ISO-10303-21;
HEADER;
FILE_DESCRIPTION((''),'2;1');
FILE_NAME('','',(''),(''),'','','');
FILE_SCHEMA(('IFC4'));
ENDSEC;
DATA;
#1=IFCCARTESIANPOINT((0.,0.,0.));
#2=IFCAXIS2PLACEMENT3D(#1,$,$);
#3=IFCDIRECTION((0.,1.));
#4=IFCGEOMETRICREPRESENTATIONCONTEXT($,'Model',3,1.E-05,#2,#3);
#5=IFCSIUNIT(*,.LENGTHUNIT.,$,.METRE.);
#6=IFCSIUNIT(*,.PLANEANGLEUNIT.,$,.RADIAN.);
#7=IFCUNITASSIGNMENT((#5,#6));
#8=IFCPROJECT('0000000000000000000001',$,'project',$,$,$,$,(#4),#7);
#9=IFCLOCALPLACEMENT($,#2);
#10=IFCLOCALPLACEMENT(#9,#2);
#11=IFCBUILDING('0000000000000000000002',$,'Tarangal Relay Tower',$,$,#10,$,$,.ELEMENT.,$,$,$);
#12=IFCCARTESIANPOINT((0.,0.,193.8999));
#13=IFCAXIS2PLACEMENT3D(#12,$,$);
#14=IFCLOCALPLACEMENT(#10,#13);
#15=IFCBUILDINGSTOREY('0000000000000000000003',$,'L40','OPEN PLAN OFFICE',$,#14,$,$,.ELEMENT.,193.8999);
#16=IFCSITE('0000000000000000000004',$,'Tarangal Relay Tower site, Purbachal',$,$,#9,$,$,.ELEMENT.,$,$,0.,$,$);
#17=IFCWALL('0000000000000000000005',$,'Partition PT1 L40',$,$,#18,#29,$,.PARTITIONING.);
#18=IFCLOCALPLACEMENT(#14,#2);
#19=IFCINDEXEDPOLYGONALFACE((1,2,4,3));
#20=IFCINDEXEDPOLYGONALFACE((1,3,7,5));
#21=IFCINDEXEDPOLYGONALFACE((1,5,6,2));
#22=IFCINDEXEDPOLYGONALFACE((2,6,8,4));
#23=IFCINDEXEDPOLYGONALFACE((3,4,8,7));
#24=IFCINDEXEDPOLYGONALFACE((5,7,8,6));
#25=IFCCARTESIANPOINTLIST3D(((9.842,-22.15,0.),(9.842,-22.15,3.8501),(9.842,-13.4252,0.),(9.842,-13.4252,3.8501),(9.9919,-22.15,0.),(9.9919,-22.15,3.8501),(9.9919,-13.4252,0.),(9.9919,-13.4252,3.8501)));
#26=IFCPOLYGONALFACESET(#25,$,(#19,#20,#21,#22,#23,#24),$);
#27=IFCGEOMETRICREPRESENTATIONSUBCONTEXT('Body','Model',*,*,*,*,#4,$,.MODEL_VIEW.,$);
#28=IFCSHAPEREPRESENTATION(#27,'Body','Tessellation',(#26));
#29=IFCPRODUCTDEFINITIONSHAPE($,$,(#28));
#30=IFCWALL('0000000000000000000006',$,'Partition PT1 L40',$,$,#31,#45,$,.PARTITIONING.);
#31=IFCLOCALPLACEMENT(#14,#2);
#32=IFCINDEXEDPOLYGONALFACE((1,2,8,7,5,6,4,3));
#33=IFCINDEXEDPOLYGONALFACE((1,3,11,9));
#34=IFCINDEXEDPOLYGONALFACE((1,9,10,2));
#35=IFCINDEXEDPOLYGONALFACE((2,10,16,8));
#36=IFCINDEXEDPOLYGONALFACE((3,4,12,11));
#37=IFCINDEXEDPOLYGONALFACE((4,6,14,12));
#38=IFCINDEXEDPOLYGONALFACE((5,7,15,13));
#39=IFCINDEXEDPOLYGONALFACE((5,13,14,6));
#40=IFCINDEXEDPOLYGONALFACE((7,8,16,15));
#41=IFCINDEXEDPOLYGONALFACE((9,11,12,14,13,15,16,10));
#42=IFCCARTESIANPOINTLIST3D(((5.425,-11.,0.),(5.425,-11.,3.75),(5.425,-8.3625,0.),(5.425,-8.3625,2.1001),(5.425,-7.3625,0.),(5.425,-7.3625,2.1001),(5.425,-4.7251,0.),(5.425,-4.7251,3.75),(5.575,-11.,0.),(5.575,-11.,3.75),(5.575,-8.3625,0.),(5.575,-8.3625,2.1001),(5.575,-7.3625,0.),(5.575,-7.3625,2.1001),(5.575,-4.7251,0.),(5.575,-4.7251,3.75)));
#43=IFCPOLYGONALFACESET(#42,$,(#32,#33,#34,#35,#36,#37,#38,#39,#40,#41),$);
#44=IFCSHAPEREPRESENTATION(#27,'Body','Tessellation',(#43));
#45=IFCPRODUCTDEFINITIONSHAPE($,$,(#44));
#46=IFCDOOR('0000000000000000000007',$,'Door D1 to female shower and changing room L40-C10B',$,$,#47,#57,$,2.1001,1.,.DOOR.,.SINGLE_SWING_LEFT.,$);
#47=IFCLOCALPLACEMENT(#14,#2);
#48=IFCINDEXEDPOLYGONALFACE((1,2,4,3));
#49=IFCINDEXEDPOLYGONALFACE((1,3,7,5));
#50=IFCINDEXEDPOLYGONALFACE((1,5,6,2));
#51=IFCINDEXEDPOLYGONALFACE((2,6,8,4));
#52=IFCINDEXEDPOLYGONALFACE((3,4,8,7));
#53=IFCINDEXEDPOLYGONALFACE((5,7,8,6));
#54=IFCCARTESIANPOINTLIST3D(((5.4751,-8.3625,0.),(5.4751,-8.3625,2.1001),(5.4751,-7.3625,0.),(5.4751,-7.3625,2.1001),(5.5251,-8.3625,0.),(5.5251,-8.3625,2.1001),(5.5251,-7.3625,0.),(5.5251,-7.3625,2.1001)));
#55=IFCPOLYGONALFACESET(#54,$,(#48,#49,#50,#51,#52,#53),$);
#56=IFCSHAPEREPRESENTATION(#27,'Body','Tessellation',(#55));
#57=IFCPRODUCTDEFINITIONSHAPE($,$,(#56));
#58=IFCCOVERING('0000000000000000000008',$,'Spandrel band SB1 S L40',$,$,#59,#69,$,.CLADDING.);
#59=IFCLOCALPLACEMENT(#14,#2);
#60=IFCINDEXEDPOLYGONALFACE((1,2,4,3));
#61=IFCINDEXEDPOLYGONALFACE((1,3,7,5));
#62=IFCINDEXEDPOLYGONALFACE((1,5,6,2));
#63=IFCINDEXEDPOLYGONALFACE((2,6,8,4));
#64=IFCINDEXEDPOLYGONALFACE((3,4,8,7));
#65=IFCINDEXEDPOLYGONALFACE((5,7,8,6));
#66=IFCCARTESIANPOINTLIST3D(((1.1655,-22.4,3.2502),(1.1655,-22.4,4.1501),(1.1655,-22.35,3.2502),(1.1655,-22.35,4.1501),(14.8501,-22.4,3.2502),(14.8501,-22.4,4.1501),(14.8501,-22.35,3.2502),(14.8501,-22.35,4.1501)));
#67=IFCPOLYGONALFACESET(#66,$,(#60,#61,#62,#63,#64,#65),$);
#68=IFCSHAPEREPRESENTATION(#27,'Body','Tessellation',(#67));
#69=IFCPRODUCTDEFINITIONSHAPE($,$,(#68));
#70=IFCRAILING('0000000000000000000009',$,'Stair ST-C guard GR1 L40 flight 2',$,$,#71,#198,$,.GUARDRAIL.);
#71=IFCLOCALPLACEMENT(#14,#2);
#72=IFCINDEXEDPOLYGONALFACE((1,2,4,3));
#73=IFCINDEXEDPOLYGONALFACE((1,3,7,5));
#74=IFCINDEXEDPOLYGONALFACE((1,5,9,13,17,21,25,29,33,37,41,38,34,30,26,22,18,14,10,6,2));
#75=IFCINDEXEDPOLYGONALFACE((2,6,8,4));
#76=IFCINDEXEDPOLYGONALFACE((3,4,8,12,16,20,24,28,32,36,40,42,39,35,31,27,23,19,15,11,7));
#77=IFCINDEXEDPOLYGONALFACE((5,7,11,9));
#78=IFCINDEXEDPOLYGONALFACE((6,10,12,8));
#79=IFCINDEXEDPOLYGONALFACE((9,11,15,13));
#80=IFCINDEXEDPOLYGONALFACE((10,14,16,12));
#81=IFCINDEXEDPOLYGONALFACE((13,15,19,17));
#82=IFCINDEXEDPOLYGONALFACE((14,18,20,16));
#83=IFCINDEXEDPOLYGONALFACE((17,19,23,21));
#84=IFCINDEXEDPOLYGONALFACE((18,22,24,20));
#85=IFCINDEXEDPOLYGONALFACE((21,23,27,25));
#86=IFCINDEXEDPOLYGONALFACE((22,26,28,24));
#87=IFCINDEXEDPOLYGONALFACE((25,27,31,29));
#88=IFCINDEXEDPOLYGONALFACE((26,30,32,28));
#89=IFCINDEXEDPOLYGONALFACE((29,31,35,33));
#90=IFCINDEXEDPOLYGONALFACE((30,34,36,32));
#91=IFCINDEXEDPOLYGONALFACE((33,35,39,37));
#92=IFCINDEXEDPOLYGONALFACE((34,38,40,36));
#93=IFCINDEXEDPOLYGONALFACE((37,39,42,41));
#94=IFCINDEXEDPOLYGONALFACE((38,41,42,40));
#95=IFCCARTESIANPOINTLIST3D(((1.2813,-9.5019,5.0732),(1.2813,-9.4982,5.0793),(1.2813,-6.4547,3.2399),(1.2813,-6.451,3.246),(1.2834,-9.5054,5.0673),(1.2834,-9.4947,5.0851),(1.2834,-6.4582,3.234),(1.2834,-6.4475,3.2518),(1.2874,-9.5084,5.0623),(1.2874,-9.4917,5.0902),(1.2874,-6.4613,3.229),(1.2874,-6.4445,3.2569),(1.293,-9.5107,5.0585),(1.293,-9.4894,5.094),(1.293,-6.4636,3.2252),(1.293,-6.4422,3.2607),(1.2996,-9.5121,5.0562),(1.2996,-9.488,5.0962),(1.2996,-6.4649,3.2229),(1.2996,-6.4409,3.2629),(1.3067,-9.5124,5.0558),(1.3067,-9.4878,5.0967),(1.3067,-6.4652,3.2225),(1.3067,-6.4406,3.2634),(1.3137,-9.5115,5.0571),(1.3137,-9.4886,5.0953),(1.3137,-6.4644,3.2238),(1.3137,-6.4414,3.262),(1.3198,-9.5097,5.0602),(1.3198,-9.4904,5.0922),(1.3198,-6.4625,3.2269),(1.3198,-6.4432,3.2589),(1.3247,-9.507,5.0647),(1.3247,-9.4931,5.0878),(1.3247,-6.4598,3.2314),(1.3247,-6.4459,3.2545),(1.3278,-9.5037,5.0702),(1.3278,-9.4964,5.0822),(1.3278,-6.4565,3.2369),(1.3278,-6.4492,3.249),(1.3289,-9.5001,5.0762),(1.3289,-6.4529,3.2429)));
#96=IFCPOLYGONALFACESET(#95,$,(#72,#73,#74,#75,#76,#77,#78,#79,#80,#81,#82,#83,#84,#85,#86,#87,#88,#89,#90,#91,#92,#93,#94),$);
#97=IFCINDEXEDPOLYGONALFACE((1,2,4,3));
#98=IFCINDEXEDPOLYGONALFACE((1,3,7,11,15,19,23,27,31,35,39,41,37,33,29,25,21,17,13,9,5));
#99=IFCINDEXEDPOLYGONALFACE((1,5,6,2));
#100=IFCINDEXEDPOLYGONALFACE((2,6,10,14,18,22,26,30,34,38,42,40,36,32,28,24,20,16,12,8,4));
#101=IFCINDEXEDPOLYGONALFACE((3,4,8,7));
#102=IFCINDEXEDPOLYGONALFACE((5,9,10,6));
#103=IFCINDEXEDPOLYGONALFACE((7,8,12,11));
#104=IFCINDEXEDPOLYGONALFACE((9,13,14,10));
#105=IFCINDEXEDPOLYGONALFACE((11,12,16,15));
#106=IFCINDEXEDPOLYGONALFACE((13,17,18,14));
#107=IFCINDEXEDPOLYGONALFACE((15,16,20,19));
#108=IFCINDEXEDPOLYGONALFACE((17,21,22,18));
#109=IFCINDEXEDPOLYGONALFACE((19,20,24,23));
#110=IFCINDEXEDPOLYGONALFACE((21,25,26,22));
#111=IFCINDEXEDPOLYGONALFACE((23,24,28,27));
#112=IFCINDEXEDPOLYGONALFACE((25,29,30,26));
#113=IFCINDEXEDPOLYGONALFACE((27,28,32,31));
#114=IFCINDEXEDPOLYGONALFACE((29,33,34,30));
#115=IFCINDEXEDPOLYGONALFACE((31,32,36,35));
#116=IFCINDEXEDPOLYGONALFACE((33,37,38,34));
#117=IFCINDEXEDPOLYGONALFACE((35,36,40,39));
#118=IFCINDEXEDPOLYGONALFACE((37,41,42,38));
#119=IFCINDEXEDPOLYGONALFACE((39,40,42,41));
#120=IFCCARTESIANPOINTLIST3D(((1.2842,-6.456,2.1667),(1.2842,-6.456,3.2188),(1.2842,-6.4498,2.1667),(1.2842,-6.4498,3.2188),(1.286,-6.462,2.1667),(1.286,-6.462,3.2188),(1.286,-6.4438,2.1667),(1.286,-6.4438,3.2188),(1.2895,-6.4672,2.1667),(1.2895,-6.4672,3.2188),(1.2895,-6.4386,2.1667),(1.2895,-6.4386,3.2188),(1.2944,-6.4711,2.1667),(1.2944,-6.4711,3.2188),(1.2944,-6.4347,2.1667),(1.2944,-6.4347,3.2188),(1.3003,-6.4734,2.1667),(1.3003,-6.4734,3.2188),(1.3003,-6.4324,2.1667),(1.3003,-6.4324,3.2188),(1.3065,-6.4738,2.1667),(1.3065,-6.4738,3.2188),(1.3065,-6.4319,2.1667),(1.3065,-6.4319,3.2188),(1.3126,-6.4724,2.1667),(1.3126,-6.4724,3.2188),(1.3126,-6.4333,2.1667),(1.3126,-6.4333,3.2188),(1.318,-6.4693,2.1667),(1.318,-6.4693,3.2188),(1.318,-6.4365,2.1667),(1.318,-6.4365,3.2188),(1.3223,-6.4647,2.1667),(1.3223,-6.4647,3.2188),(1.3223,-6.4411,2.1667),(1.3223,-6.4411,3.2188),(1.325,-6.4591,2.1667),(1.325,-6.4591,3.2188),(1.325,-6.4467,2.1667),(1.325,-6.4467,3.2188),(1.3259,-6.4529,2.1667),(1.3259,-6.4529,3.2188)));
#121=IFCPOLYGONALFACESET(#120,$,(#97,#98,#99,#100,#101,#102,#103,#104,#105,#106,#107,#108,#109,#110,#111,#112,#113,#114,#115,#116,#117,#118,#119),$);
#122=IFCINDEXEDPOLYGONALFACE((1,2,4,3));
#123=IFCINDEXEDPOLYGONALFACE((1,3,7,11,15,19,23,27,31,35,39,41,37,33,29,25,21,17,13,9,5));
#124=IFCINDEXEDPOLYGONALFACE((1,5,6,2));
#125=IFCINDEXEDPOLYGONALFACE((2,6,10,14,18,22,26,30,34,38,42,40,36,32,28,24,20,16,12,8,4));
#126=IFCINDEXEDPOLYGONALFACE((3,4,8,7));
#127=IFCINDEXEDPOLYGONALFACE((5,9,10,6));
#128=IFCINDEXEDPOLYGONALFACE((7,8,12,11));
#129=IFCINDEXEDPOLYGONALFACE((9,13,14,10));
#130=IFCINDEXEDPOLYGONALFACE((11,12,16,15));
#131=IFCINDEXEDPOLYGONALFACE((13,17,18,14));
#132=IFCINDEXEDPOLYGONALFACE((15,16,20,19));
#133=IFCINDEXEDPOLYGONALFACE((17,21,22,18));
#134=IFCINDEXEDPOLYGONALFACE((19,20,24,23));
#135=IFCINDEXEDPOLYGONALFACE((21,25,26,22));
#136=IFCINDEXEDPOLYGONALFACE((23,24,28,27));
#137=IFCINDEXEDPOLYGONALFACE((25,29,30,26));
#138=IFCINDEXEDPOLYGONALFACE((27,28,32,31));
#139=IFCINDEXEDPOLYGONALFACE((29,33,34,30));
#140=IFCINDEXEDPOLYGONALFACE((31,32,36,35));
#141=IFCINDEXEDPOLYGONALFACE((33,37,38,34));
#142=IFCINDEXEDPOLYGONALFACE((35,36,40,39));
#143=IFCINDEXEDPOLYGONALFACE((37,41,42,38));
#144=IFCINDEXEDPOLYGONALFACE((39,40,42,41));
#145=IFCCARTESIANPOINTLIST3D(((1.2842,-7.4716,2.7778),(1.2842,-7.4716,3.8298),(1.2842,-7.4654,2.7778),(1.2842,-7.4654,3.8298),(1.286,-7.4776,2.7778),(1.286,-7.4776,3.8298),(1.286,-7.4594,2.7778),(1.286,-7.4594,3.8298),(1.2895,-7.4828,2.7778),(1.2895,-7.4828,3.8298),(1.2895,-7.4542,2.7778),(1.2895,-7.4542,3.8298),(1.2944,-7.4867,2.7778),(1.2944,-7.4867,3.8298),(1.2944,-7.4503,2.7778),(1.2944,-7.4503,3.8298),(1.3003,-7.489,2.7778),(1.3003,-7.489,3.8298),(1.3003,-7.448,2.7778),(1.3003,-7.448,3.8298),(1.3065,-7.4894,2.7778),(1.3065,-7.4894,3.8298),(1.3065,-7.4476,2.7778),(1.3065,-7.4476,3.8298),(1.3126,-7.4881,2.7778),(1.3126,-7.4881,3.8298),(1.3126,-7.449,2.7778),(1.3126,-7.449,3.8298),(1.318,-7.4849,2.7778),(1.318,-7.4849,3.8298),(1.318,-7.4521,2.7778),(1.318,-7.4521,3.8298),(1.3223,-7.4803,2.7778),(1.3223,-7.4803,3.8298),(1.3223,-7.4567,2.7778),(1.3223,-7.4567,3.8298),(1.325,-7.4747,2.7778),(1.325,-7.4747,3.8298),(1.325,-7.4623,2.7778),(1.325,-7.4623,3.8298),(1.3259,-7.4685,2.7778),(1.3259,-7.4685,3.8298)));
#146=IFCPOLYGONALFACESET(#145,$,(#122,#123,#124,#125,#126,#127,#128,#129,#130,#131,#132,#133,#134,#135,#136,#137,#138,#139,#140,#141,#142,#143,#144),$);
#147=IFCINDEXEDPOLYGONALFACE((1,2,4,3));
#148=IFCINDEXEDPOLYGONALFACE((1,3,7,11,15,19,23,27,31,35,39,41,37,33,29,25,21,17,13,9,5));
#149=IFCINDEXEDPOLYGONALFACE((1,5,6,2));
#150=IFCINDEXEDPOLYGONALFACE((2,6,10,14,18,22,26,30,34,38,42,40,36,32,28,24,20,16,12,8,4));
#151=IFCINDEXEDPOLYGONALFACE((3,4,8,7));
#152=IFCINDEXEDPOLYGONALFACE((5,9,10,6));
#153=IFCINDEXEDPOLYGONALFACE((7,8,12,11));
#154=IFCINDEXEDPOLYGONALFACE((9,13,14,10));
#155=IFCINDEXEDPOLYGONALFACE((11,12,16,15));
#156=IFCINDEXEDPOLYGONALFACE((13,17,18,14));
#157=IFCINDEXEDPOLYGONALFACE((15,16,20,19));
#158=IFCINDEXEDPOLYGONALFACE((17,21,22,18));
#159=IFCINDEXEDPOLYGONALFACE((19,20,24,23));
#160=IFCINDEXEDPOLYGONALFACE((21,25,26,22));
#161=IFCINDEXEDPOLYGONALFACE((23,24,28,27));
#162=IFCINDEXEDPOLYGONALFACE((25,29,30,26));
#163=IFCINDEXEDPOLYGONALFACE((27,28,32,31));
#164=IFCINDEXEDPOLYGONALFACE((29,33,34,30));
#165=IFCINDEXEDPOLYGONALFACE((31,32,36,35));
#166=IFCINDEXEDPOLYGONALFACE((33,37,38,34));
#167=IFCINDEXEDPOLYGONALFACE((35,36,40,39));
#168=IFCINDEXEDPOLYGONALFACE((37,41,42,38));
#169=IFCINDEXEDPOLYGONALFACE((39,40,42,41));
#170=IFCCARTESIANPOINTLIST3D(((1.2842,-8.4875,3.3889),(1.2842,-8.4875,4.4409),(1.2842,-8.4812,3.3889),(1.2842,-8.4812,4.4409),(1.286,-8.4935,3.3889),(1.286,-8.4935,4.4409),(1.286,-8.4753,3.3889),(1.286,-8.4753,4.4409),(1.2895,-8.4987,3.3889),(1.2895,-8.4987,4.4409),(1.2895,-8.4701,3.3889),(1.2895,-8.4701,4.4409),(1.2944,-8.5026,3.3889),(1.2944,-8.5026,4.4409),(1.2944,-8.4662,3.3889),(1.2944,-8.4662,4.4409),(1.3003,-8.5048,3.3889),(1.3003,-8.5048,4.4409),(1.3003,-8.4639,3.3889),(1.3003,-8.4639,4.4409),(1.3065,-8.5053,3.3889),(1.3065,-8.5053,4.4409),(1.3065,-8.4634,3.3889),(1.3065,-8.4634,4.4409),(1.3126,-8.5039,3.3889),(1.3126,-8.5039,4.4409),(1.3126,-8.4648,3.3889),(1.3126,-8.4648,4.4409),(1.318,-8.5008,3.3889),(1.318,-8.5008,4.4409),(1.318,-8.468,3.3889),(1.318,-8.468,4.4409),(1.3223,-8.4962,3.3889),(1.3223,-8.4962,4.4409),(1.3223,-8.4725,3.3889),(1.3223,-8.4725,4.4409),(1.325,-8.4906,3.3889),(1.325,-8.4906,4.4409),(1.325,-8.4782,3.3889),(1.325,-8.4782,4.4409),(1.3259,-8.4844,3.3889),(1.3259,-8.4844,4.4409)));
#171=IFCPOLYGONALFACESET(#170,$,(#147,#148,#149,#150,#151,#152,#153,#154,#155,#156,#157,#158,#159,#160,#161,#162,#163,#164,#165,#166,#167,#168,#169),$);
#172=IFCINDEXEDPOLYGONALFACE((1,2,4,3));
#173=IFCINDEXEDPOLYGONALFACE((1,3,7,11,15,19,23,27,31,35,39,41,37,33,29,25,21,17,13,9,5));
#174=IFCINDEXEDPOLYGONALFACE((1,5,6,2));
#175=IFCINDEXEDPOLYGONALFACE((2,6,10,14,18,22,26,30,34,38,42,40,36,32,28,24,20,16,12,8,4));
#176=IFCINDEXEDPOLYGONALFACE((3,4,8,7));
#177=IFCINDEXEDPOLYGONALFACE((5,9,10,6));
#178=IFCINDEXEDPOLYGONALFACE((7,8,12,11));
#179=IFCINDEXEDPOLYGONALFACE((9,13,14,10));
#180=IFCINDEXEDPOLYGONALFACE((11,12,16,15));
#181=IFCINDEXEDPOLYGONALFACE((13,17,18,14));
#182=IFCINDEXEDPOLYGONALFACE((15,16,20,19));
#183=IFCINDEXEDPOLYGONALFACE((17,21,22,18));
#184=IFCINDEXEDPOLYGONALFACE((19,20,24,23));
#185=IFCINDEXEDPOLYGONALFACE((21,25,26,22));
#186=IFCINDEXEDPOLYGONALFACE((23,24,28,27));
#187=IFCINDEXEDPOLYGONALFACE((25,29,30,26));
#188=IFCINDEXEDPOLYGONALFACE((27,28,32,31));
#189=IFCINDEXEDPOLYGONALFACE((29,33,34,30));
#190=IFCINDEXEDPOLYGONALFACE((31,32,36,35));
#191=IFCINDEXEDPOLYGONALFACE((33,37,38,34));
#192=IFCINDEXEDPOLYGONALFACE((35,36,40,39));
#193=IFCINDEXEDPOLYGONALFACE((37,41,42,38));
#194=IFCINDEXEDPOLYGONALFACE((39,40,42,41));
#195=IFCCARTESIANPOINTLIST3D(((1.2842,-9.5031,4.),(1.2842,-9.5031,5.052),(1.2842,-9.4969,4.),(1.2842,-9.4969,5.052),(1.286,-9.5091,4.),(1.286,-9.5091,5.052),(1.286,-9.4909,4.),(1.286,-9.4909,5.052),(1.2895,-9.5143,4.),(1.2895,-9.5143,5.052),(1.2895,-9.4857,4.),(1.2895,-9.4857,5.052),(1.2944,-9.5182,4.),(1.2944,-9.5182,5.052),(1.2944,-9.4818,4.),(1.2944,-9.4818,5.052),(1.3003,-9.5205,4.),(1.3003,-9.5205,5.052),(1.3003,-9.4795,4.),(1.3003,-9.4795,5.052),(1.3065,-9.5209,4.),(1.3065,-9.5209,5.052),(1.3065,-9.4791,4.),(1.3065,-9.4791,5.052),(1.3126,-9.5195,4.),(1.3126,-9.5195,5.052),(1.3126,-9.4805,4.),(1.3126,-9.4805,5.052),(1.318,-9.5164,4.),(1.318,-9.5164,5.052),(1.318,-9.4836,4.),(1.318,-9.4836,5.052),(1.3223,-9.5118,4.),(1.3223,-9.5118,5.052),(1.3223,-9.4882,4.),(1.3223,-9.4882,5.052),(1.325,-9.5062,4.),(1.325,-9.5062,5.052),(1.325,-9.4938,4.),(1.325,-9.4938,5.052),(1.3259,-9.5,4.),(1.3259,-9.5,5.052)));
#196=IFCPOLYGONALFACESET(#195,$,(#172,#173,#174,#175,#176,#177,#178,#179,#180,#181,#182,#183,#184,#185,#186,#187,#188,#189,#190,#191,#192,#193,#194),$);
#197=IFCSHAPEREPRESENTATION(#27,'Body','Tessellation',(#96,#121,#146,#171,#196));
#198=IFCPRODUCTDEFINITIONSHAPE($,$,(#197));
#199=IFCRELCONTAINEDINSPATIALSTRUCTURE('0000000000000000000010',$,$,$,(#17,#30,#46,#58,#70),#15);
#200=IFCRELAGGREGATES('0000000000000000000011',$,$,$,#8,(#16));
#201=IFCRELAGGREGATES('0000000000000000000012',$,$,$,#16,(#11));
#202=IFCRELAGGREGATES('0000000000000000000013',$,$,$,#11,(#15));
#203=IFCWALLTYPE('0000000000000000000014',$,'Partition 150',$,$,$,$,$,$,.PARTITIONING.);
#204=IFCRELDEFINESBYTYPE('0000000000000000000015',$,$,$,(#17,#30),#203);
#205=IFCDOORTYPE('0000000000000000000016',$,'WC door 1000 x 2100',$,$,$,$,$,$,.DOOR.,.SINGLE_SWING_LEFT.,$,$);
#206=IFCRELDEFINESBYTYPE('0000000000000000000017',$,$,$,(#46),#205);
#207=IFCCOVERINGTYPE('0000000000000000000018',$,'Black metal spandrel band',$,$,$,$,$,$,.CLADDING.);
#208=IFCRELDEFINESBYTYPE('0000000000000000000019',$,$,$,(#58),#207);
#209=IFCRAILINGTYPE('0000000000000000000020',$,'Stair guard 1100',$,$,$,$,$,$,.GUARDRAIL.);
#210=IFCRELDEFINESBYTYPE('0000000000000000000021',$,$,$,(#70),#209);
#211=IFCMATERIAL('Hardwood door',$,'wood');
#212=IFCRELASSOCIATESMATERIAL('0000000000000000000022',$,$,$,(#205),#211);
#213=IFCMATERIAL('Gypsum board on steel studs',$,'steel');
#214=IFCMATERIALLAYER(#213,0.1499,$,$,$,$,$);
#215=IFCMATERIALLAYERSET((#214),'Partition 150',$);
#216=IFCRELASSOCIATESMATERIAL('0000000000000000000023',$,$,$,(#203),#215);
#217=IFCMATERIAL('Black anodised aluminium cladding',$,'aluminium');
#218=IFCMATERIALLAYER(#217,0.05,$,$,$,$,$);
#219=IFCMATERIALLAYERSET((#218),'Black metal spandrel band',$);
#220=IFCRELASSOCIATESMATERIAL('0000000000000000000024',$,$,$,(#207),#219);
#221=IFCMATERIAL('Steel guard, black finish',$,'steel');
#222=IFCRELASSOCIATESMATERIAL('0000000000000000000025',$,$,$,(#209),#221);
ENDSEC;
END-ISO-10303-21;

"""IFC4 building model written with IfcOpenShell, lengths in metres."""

from ifc_helpers import new_model, si_unit, direction, frame, frame_2d, origin, origin_2d, place, context, subcontext, project, spatial, rectangle, circle, extrude, material, layer, layer_set, type_object, element, fill, save


model = new_model("IFC4")

# Units and contexts
model_context = context("Model", 3, precision=1e-05, world=origin(), true_north=direction((0.0, 1.0)))
body_context = subcontext(model_context, "Body", "Model", "MODEL_VIEW")
ifc_project = project(units=[si_unit("LENGTHUNIT", "METRE"), si_unit("PLANEANGLEUNIT", "RADIAN")], contexts=[model_context])

# Site, building, storey
site_placement = place(None, origin())
site = spatial("IfcSite", under=ifc_project, at=site_placement, Name="Tarangal Relay Tower site, Purbachal", CompositionType="ELEMENT", RefElevation=0.0)
building_placement = place(site_placement, origin())
building = spatial("IfcBuilding", under=site, at=building_placement, Name="Tarangal Relay Tower", CompositionType="ELEMENT")
storey_placement = place(building_placement, frame((0.0, 0.0, 193.8999)))
storey = spatial("IfcBuildingStorey", under=building, at=storey_placement, Name="L40", Description="OPEN PLAN OFFICE", CompositionType="ELEMENT", Elevation=193.8999)

# Shared definitions
ifc_material_1 = material(Name="Hardwood door", Category="wood")
door_type = type_object("IfcDoorType", Name="WC door 1000 x 2100", OperationType="SINGLE_SWING_LEFT", PredefinedType="DOOR", material=ifc_material_1)

# Wall
ifc_material_2 = material(Name="Gypsum board on steel studs", Category="steel")
ifc_layer_1 = layer(ifc_material_2, 0.1499)
ifc_layer_set_1 = layer_set([ifc_layer_1], Name="Partition 150")
wall_type_1 = type_object("IfcWallType", Name="Partition 150", PredefinedType="PARTITIONING", material=ifc_layer_set_1)
wall_1_placement = place(storey_placement, frame((9.917, -22.1499, 0.0), z_axis=(0.0, 0.0, 1.0), x_axis=(0.0, 1.0, 0.0)))
element("IfcWall", 1, at=wall_1_placement, inside=storey, type_object=wall_type_1, Name="Partition PT1 L40", PredefinedType="PARTITIONING", context=body_context, shape_type="SweptSolid", body=[
    extrude(rectangle(XDim=8.7249, YDim=0.1499, at=frame_2d((4.3623, 0.0))), origin(), (0.0, 0.0, 1.0), 3.8501),
])

# Wall, opening, door
wall_2_placement = place(storey_placement, frame((5.5, -11.0, 0.0), z_axis=(0.0, 0.0, 1.0), x_axis=(0.0, 1.0, 0.0)))
wall_2 = element("IfcWall", 2, at=wall_2_placement, inside=storey, type_object=wall_type_1, Name="Partition PT1 L40", PredefinedType="PARTITIONING", context=body_context, shape_type="SweptSolid", body=[
    extrude(rectangle(XDim=6.2749, YDim=0.1499, at=frame_2d((3.1375, 0.0))), origin(), (0.0, 0.0, 1.0), 3.75),
])
opening_1_placement = place(wall_2_placement, frame((2.6375, 0.0, 0.0)))
opening_1 = element("IfcOpeningElement", 3, at=opening_1_placement, cuts=wall_2, PredefinedType="OPENING", context=body_context, shape_type="SweptSolid", body=[
    extrude(rectangle(XDim=1.0, YDim=2.1001, at=frame_2d((0.5, 1.05))), frame((0.0, 0.085, 0.0), z_axis=(0.0, -1.0, 0.0), x_axis=(1.0, 0.0, 0.0)), (0.0, 0.0, 1.0), 0.1699),
])
door_1_placement = place(opening_1_placement, origin())
door_1 = element("IfcDoor", 4, at=door_1_placement, inside=storey, type_object=door_type, Name="Door D1 to female shower and changing room L40-C10B", OperationType="SINGLE_SWING_LEFT", OverallHeight=2.1001, OverallWidth=1.0, PredefinedType="DOOR", context=body_context, shape_type="SweptSolid", body=[
    extrude(rectangle(XDim=1.0, YDim=2.1001, at=frame_2d((0.5, 1.05))), frame((0.0, 0.0249, 0.0), z_axis=(0.0, -1.0, 0.0), x_axis=(1.0, 0.0, 0.0)), (0.0, 0.0, 1.0), 0.05),
])
fill(opening_1, door_1)

# Covering
ifc_material_3 = material(Name="Black anodised aluminium cladding", Category="aluminium")
ifc_layer_2 = layer(ifc_material_3, 0.05)
ifc_layer_set_2 = layer_set([ifc_layer_2], Name="Black metal spandrel band")
covering_type = type_object("IfcCoveringType", Name="Black metal spandrel band", PredefinedType="CLADDING", material=ifc_layer_set_2)
covering_placement = place(storey_placement, frame((8.0078, -22.375, 3.2502), z_axis=(0.0, 0.0, 1.0), x_axis=(-1.0, 0.0, 0.0)))
element("IfcCovering", 5, at=covering_placement, inside=storey, type_object=covering_type, Name="Spandrel band SB1 S L40", PredefinedType="CLADDING", context=body_context, shape_type="SweptSolid", body=[
    extrude(rectangle(XDim=13.6846, YDim=0.05, at=origin_2d()), origin(), (0.0, 0.0, 1.0), 0.8999),
])

# Railing
ifc_material_4 = material(Name="Steel guard, black finish", Category="steel")
railing_type = type_object("IfcRailingType", Name="Stair guard 1100", PredefinedType="GUARDRAIL", material=ifc_material_4)
railing_placement = place(storey_placement, frame((1.3049, -6.4529, 2.1667)))
element("IfcRailing", 6, at=railing_placement, inside=storey, type_object=railing_type, Name="Stair ST-C guard GR1 L40 flight 2", PredefinedType="GUARDRAIL", context=body_context, shape_type="SweptSolid", body=[
    extrude(circle(Radius=0.0239, at=origin_2d()), frame((0.0, 0.0, 1.0762), z_axis=(0.0, -0.856874, 0.515525), x_axis=(1.0, 0.0, 0.0)), (0.0, 0.0, 1.0), 3.5562),
    extrude(circle(Radius=0.021, at=origin_2d()), origin(), (0.0, 0.0, 1.0), 1.052),
    extrude(circle(Radius=0.021, at=origin_2d()), frame((0.0, -1.0156, 0.6111)), (0.0, 0.0, 1.0), 1.052),
    extrude(circle(Radius=0.021, at=origin_2d()), frame((0.0, -2.0315, 1.2222)), (0.0, 0.0, 1.0), 1.052),
    extrude(circle(Radius=0.021, at=origin_2d()), frame((0.0, -3.0471, 1.8333)), (0.0, 0.0, 1.0), 1.052),
])

save(model, "model.ifc")
